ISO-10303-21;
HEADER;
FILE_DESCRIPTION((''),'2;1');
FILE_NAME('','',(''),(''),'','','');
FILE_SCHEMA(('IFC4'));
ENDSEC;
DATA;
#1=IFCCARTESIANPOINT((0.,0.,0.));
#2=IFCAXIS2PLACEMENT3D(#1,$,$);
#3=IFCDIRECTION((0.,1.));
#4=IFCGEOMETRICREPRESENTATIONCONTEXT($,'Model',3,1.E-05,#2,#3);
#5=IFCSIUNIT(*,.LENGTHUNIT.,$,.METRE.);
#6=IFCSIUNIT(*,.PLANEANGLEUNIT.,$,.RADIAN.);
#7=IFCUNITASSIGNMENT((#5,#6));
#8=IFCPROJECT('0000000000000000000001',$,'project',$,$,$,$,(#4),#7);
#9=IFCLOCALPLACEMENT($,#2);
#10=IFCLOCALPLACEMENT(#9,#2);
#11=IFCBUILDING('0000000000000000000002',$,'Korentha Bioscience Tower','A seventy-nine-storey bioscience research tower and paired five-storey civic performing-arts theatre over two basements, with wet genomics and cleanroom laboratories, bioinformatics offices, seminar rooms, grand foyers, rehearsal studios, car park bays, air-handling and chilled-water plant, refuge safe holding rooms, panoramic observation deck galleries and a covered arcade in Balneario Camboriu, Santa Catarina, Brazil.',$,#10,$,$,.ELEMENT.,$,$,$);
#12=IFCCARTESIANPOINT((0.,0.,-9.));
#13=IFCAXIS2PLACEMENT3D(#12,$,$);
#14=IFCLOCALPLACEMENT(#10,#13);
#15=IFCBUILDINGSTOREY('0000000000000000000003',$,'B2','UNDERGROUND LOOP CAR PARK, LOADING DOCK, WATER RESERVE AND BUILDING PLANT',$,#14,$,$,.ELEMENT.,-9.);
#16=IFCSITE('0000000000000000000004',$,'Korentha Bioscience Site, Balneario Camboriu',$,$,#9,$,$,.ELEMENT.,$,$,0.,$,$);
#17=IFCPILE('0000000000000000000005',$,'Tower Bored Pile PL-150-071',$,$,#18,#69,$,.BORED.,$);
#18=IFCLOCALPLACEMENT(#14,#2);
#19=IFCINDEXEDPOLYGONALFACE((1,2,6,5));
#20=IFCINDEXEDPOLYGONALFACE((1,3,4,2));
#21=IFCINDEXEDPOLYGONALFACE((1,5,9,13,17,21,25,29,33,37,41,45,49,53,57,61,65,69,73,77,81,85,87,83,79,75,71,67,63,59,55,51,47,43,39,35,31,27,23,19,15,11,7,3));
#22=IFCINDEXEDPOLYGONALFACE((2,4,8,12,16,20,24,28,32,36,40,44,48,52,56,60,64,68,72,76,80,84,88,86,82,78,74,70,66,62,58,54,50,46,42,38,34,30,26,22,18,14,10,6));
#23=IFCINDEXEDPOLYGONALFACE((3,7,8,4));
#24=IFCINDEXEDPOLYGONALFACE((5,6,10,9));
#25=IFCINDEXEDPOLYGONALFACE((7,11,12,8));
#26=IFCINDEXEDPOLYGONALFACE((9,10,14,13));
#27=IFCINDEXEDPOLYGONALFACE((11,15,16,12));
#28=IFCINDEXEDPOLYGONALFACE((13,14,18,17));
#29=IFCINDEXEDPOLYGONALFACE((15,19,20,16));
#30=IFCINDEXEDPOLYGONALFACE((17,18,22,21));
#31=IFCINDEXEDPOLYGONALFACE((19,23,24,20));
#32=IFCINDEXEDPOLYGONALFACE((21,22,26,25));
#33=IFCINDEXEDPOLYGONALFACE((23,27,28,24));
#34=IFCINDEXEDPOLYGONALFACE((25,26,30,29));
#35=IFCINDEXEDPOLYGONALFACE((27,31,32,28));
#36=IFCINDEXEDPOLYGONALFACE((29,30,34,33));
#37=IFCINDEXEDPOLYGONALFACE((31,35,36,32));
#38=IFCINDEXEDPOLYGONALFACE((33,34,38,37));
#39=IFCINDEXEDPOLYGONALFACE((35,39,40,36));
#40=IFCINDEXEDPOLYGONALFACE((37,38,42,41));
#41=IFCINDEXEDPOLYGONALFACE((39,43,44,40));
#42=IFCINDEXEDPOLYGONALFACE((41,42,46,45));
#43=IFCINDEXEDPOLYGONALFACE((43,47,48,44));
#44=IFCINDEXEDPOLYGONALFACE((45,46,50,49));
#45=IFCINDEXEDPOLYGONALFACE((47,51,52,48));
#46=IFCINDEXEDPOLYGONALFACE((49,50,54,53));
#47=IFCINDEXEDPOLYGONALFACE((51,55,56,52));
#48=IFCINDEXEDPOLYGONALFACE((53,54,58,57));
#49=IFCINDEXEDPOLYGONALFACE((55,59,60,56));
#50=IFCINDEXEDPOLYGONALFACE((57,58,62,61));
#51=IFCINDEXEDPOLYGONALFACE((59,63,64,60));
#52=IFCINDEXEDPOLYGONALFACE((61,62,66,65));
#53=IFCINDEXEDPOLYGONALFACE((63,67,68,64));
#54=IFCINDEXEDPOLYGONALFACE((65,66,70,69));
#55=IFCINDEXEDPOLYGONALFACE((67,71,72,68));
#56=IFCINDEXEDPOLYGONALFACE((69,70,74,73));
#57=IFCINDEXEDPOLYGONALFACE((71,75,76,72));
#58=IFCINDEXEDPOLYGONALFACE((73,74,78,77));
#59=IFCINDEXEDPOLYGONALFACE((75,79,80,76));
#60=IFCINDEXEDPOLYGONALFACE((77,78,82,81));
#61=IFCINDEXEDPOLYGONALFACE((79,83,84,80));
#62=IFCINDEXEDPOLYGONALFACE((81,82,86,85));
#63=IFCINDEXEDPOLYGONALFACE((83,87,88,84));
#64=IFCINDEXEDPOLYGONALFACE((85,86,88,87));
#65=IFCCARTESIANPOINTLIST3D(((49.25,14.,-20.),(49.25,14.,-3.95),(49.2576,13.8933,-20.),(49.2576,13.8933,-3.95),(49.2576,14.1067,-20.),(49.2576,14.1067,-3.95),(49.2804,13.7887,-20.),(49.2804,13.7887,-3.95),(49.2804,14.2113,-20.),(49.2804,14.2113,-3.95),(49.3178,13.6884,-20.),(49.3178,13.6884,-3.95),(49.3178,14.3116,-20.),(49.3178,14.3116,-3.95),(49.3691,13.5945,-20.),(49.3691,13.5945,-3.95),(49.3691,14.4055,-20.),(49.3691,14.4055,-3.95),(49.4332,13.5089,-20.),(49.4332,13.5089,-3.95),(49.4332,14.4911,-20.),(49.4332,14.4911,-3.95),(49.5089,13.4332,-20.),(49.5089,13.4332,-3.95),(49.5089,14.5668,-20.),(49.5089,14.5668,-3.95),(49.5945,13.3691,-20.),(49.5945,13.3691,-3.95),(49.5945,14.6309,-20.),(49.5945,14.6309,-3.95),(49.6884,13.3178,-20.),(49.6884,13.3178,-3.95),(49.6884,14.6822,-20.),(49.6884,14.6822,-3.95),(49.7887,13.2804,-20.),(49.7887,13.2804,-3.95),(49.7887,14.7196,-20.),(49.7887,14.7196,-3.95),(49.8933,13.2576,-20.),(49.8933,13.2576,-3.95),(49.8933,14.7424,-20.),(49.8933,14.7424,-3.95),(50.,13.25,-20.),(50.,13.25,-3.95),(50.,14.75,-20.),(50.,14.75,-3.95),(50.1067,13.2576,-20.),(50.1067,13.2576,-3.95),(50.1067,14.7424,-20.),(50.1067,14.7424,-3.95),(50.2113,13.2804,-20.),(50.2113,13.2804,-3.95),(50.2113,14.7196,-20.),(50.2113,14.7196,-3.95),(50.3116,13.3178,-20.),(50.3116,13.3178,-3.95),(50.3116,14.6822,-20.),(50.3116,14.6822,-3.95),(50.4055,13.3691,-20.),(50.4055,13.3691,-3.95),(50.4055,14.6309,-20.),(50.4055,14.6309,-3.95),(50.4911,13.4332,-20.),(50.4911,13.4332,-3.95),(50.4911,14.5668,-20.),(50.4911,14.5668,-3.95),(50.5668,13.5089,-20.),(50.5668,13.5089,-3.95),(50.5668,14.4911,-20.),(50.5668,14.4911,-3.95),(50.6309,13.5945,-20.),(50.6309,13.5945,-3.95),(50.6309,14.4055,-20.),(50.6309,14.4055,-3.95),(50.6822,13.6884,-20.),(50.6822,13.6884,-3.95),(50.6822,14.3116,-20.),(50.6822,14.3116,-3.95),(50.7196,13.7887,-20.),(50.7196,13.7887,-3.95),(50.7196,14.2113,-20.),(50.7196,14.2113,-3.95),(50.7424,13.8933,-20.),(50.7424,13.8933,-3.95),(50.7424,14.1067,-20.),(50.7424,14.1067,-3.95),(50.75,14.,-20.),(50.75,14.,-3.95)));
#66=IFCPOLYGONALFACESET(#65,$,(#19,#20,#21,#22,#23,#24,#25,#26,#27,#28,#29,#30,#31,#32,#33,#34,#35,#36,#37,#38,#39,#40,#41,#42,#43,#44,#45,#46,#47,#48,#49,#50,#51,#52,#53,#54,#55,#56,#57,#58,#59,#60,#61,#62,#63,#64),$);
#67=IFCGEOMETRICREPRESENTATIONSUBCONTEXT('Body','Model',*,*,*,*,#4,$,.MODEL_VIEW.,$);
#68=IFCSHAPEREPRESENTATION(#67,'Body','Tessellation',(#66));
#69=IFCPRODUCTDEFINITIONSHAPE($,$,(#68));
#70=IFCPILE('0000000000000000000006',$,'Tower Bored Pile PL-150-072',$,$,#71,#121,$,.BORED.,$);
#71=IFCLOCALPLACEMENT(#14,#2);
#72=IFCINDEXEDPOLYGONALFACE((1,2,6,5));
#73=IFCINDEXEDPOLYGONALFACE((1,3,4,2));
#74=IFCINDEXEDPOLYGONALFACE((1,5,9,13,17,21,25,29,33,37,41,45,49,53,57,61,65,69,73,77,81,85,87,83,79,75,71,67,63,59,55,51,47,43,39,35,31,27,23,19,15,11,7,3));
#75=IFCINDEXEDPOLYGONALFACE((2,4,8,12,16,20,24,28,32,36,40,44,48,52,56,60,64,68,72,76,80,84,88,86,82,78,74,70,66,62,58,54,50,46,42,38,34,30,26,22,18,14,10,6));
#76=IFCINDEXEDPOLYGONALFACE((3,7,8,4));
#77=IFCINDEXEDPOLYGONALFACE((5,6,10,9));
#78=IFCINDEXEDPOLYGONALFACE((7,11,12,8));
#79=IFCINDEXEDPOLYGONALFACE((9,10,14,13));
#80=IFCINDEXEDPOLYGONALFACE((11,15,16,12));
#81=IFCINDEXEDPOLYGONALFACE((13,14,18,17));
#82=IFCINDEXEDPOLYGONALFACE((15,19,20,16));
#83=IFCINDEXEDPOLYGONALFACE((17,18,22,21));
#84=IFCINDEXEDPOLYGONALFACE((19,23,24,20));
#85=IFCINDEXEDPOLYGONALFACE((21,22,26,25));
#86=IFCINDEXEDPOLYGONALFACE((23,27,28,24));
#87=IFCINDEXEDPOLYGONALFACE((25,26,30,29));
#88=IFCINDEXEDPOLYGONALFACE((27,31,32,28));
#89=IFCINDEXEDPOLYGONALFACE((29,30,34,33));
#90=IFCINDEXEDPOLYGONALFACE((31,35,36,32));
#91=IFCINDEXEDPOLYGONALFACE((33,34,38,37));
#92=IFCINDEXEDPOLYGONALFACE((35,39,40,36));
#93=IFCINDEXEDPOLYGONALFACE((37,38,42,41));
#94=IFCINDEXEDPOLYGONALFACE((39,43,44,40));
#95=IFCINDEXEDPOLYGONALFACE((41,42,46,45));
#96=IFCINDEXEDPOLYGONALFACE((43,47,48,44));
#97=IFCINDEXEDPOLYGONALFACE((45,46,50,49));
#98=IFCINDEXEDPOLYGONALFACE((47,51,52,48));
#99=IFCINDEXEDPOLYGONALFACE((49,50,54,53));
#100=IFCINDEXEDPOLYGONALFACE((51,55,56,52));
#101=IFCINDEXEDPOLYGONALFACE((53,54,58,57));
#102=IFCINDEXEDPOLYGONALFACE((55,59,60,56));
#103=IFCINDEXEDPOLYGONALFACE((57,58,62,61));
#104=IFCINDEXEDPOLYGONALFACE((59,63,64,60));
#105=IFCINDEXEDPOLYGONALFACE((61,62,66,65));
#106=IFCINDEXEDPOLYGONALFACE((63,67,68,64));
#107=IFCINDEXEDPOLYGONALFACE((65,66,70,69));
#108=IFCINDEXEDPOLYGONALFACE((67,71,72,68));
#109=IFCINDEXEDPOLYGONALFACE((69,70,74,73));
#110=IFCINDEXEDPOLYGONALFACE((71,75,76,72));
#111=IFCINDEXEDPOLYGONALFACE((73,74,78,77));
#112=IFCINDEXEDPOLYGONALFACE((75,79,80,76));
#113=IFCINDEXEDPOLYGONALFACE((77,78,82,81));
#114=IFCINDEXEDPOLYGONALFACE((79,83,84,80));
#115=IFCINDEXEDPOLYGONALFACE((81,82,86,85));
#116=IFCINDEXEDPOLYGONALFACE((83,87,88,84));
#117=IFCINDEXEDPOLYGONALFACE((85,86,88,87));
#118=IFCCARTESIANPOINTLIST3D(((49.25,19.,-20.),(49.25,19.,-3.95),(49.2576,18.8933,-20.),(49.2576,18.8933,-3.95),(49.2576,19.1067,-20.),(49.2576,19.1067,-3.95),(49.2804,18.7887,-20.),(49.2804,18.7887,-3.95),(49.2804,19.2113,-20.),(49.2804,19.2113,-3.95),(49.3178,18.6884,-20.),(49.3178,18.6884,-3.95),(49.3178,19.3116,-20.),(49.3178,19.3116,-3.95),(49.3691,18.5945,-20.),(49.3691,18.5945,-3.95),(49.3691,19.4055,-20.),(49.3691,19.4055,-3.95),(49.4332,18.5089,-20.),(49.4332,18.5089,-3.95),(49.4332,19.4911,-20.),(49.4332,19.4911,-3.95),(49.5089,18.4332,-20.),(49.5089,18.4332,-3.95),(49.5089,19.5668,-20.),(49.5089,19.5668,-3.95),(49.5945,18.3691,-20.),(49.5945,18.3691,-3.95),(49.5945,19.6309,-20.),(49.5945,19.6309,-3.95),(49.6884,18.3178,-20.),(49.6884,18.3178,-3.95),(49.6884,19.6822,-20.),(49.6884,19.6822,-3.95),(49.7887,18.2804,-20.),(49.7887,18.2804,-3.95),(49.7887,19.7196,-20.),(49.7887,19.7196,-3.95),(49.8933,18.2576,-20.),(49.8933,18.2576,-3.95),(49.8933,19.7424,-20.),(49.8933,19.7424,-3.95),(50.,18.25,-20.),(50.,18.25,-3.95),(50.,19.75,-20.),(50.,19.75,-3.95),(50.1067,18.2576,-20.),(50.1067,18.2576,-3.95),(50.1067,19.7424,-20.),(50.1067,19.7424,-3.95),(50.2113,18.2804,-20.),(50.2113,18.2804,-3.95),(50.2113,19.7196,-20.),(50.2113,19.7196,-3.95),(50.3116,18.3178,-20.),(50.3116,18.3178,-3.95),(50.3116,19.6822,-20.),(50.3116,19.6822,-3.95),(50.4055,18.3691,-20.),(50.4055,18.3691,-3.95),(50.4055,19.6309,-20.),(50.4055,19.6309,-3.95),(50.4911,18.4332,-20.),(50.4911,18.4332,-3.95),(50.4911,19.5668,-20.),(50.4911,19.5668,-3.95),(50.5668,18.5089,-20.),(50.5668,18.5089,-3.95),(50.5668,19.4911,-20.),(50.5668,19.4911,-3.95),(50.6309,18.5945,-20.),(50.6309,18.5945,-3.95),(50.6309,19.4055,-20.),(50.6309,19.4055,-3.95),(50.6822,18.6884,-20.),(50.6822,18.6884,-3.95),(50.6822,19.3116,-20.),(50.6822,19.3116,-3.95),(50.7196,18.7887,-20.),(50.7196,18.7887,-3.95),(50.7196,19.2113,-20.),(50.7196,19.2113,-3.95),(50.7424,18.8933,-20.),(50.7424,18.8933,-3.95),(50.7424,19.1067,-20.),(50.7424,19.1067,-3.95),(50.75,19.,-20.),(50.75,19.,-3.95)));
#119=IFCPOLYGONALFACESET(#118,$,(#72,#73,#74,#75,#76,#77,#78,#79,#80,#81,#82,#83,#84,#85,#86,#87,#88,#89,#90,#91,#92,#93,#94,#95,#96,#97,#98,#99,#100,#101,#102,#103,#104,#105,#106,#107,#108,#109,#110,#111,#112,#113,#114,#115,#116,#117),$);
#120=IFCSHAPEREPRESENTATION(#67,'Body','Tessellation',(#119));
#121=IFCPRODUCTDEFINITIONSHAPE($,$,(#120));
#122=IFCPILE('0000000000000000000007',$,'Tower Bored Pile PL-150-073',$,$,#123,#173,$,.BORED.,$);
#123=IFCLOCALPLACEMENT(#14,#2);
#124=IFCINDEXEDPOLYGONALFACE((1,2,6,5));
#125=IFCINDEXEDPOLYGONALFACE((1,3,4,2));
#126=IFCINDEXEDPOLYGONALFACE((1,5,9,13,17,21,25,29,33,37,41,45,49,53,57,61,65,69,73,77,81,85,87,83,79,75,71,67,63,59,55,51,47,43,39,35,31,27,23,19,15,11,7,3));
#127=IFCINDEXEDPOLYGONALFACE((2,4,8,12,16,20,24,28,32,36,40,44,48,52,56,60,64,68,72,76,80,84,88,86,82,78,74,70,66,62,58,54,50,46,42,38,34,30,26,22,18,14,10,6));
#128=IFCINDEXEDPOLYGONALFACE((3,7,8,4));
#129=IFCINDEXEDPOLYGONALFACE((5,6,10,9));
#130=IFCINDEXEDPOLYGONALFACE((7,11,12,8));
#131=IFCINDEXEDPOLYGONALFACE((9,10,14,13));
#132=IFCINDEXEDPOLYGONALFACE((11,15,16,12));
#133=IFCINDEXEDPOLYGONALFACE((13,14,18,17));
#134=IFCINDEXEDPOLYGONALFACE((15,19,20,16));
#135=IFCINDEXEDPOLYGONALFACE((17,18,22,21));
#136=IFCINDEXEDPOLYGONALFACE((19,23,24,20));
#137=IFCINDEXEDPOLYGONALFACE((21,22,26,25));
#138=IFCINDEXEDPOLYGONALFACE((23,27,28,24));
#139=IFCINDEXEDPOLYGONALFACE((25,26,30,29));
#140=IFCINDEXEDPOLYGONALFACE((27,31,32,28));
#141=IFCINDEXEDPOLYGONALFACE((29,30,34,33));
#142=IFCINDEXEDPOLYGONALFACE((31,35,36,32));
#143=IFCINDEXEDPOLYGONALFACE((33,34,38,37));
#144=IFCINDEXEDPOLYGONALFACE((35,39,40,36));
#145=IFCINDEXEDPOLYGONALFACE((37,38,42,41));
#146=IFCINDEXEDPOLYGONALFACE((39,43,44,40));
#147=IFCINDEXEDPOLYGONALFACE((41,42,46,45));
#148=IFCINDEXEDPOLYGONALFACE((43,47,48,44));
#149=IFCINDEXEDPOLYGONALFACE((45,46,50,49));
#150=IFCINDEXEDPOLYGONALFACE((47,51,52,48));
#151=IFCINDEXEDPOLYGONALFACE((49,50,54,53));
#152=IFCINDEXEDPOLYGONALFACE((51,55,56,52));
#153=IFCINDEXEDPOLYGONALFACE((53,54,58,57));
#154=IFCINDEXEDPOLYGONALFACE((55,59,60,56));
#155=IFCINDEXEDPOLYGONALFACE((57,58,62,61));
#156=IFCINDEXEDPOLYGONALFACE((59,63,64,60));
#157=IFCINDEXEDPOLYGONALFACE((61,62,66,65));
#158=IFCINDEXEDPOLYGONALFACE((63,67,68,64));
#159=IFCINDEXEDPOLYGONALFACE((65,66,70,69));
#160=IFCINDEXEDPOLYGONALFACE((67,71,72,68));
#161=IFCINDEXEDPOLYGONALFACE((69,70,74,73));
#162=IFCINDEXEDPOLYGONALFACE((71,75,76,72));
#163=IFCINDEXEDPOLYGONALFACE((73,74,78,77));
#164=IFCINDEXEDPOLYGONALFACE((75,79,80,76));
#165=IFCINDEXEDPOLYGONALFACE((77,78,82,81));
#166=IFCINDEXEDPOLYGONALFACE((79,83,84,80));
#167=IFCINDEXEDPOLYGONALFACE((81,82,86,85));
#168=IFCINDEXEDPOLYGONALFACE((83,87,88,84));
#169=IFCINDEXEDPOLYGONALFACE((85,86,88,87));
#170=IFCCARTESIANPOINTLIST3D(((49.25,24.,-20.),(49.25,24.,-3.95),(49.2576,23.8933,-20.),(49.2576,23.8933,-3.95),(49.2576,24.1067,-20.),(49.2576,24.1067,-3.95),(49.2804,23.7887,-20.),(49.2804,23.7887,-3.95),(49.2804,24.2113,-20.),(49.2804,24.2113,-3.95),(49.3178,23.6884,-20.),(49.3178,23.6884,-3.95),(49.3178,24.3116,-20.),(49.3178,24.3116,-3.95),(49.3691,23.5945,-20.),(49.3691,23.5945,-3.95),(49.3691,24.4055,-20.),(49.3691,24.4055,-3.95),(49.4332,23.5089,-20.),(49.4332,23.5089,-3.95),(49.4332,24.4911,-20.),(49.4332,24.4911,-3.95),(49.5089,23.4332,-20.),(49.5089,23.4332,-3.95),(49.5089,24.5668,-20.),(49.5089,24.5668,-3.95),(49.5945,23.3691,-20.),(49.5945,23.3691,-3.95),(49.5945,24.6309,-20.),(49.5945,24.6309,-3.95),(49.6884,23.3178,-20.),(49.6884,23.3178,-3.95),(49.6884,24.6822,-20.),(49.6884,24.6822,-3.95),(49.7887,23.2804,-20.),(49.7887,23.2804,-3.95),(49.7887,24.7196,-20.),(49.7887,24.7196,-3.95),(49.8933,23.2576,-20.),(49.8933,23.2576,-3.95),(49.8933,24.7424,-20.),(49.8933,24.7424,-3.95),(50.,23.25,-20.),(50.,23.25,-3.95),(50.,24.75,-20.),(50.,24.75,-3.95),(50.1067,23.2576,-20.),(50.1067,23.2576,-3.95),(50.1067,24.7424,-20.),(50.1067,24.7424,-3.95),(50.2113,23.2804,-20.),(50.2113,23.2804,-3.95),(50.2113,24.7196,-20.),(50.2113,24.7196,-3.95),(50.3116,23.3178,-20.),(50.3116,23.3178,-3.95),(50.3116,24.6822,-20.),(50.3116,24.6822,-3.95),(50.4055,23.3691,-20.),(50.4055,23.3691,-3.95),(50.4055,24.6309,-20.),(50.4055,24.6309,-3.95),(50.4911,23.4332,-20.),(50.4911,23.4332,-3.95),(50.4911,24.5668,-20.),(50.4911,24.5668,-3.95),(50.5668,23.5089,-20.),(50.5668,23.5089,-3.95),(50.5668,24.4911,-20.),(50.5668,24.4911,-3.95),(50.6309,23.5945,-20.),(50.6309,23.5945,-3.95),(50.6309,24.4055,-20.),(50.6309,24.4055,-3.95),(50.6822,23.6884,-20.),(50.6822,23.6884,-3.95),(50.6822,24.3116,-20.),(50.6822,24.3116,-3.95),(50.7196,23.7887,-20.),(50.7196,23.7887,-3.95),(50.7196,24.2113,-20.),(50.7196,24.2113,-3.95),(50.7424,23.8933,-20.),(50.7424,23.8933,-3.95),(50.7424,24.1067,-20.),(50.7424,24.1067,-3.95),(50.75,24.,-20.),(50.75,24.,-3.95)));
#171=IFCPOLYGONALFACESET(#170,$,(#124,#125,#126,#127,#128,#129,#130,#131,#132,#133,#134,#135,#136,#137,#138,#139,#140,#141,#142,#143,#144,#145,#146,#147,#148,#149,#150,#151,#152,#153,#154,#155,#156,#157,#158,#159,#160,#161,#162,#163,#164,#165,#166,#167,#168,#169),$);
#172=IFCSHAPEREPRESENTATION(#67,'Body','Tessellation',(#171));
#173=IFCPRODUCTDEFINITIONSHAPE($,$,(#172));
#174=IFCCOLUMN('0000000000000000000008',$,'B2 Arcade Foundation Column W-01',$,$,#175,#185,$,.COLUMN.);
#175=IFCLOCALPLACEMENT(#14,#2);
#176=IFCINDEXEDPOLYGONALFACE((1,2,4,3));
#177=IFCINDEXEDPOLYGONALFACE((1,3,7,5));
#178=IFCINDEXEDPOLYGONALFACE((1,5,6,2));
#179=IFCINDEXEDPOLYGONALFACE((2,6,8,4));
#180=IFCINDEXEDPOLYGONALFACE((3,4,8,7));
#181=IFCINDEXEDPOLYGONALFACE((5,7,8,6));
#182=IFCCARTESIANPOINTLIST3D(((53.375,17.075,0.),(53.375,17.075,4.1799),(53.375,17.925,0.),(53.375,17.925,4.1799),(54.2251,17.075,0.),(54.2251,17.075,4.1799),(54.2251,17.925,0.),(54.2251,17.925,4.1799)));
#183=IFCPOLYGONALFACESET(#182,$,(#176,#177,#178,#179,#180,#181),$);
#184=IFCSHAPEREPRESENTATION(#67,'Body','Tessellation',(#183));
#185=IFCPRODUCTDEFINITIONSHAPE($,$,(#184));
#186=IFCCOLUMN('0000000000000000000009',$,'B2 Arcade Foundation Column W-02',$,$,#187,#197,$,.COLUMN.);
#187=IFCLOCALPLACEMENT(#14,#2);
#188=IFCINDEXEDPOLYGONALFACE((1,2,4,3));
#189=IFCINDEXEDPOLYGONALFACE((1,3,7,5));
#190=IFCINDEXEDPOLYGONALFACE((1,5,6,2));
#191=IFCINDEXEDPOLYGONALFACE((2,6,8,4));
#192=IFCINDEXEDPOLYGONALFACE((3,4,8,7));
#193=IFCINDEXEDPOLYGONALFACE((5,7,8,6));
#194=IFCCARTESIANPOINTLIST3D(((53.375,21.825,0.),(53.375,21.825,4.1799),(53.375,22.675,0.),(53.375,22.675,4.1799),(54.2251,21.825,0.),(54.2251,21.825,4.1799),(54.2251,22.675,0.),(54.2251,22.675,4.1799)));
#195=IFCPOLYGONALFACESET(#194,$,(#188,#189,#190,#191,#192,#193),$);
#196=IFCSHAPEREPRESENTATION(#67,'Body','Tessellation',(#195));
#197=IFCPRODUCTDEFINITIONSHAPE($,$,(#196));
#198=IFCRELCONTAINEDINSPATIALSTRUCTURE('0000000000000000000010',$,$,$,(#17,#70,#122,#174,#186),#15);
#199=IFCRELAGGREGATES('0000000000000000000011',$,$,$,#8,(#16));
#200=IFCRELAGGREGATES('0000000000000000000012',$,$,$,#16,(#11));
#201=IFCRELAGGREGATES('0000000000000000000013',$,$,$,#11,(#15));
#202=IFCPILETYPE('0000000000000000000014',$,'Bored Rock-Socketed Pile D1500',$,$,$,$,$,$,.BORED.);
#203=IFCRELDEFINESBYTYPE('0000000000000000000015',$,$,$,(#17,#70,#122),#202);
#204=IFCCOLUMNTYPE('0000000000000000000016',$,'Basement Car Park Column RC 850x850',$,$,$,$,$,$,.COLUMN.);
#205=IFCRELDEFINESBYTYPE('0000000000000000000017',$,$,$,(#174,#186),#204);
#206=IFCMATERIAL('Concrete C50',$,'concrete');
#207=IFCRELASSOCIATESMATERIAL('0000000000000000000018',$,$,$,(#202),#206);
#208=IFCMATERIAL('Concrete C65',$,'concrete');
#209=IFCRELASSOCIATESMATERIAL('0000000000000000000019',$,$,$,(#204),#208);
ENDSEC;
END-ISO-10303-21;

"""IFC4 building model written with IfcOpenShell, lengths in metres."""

from ifc_helpers import new_model, si_unit, direction, frame, origin, origin_2d, place, context, subcontext, project, spatial, rectangle, circle, extrude, material, material_profile, profile_set, type_object, element, save


model = new_model("IFC4")

# Units and contexts
model_context = context("Model", 3, precision=1e-05, world=origin(), true_north=direction((0.0, 1.0)))
body_context = subcontext(model_context, "Body", "Model", "MODEL_VIEW")
ifc_project = project(units=[si_unit("LENGTHUNIT", "METRE"), si_unit("PLANEANGLEUNIT", "RADIAN")], contexts=[model_context])

# Site, building, storey
site_placement = place(None, origin())
site = spatial("IfcSite", under=ifc_project, at=site_placement, Name="Korentha Bioscience Site, Balneario Camboriu", CompositionType="ELEMENT", RefElevation=0.0)
building_placement = place(site_placement, origin())
building = spatial("IfcBuilding", under=site, at=building_placement, Name="Korentha Bioscience Tower", Description="A seventy-nine-storey bioscience research tower and paired five-storey civic performing-arts theatre over two basements, with wet genomics and cleanroom laboratories, bioinformatics offices, seminar rooms, grand foyers, rehearsal studios, car park bays, air-handling and chilled-water plant, refuge safe holding rooms, panoramic observation deck galleries and a covered arcade in Balneario Camboriu, Santa Catarina, Brazil.", CompositionType="ELEMENT")
storey_placement = place(building_placement, frame((0.0, 0.0, -9.0)))
storey = spatial("IfcBuildingStorey", under=building, at=storey_placement, Name="B2", Description="UNDERGROUND LOOP CAR PARK, LOADING DOCK, WATER RESERVE AND BUILDING PLANT", CompositionType="ELEMENT", Elevation=-9.0)

# Piles
ifc_material_1 = material(Name="Concrete C50", Category="concrete")
ifc_material_profile_1 = material_profile(ifc_material_1, circle(Radius=0.75, at=origin_2d()), Name="Concrete C50")
ifc_profile_set_1 = profile_set([ifc_material_profile_1], Name="Concrete C50 (PL-150)")
pile_type = type_object("IfcPileType", Name="Bored Rock-Socketed Pile D1500", PredefinedType="BORED", material=ifc_profile_set_1)
for number, where, z_axis, x_axis, name in (
    (1, (50.0, 14.0, -3.95), (0.0, 0.0, -1.0), (1.0, 0.0, 0.0), "Tower Bored Pile PL-150-071"),
    (2, (50.0, 19.0, -3.95), (0.0, 0.0, -1.0), (1.0, 0.0, 0.0), "Tower Bored Pile PL-150-072"),
    (3, (50.0, 24.0, -3.95), (0.0, 0.0, -1.0), (1.0, 0.0, 0.0), "Tower Bored Pile PL-150-073"),
):
    element("IfcPile", number, at=place(storey_placement, frame(where, z_axis=z_axis, x_axis=x_axis)), inside=storey, type_object=pile_type, Name=name, PredefinedType="BORED", context=body_context, shape_type="SweptSolid", body=[
        extrude(circle(Radius=0.75, at=origin_2d()), origin(), (0.0, 0.0, 1.0), 16.05),
    ])

# Columns
ifc_material_2 = material(Name="Concrete C65", Category="concrete")
ifc_material_profile_2 = material_profile(ifc_material_2, rectangle(XDim=0.8501, YDim=0.8501, at=origin_2d()), Name="Concrete C65")
ifc_profile_set_2 = profile_set([ifc_material_profile_2], Name="Concrete C65 (BC-01)")
column_type_1 = type_object("IfcColumnType", Name="Basement Car Park Column RC 850x850", PredefinedType="COLUMN", material=ifc_profile_set_2)
for number, where, z_axis, x_axis, name in (
    (4, (53.8, 17.5, 0.0), (0.0, 0.0, 1.0), (1.0, 0.0, 0.0), "B2 Arcade Foundation Column W-01"),
    (5, (53.8, 22.25, 0.0), (0.0, 0.0, 1.0), (1.0, 0.0, 0.0), "B2 Arcade Foundation Column W-02"),
):
    element("IfcColumn", number, at=place(storey_placement, frame(where, z_axis=z_axis, x_axis=x_axis)), inside=storey, type_object=column_type_1, Name=name, PredefinedType="COLUMN", context=body_context, shape_type="SweptSolid", body=[
        extrude(rectangle(XDim=0.8501, YDim=0.8501, at=origin_2d()), origin(), (0.0, 0.0, 1.0), 4.1799),
    ])

save(model, "model.ifc")
